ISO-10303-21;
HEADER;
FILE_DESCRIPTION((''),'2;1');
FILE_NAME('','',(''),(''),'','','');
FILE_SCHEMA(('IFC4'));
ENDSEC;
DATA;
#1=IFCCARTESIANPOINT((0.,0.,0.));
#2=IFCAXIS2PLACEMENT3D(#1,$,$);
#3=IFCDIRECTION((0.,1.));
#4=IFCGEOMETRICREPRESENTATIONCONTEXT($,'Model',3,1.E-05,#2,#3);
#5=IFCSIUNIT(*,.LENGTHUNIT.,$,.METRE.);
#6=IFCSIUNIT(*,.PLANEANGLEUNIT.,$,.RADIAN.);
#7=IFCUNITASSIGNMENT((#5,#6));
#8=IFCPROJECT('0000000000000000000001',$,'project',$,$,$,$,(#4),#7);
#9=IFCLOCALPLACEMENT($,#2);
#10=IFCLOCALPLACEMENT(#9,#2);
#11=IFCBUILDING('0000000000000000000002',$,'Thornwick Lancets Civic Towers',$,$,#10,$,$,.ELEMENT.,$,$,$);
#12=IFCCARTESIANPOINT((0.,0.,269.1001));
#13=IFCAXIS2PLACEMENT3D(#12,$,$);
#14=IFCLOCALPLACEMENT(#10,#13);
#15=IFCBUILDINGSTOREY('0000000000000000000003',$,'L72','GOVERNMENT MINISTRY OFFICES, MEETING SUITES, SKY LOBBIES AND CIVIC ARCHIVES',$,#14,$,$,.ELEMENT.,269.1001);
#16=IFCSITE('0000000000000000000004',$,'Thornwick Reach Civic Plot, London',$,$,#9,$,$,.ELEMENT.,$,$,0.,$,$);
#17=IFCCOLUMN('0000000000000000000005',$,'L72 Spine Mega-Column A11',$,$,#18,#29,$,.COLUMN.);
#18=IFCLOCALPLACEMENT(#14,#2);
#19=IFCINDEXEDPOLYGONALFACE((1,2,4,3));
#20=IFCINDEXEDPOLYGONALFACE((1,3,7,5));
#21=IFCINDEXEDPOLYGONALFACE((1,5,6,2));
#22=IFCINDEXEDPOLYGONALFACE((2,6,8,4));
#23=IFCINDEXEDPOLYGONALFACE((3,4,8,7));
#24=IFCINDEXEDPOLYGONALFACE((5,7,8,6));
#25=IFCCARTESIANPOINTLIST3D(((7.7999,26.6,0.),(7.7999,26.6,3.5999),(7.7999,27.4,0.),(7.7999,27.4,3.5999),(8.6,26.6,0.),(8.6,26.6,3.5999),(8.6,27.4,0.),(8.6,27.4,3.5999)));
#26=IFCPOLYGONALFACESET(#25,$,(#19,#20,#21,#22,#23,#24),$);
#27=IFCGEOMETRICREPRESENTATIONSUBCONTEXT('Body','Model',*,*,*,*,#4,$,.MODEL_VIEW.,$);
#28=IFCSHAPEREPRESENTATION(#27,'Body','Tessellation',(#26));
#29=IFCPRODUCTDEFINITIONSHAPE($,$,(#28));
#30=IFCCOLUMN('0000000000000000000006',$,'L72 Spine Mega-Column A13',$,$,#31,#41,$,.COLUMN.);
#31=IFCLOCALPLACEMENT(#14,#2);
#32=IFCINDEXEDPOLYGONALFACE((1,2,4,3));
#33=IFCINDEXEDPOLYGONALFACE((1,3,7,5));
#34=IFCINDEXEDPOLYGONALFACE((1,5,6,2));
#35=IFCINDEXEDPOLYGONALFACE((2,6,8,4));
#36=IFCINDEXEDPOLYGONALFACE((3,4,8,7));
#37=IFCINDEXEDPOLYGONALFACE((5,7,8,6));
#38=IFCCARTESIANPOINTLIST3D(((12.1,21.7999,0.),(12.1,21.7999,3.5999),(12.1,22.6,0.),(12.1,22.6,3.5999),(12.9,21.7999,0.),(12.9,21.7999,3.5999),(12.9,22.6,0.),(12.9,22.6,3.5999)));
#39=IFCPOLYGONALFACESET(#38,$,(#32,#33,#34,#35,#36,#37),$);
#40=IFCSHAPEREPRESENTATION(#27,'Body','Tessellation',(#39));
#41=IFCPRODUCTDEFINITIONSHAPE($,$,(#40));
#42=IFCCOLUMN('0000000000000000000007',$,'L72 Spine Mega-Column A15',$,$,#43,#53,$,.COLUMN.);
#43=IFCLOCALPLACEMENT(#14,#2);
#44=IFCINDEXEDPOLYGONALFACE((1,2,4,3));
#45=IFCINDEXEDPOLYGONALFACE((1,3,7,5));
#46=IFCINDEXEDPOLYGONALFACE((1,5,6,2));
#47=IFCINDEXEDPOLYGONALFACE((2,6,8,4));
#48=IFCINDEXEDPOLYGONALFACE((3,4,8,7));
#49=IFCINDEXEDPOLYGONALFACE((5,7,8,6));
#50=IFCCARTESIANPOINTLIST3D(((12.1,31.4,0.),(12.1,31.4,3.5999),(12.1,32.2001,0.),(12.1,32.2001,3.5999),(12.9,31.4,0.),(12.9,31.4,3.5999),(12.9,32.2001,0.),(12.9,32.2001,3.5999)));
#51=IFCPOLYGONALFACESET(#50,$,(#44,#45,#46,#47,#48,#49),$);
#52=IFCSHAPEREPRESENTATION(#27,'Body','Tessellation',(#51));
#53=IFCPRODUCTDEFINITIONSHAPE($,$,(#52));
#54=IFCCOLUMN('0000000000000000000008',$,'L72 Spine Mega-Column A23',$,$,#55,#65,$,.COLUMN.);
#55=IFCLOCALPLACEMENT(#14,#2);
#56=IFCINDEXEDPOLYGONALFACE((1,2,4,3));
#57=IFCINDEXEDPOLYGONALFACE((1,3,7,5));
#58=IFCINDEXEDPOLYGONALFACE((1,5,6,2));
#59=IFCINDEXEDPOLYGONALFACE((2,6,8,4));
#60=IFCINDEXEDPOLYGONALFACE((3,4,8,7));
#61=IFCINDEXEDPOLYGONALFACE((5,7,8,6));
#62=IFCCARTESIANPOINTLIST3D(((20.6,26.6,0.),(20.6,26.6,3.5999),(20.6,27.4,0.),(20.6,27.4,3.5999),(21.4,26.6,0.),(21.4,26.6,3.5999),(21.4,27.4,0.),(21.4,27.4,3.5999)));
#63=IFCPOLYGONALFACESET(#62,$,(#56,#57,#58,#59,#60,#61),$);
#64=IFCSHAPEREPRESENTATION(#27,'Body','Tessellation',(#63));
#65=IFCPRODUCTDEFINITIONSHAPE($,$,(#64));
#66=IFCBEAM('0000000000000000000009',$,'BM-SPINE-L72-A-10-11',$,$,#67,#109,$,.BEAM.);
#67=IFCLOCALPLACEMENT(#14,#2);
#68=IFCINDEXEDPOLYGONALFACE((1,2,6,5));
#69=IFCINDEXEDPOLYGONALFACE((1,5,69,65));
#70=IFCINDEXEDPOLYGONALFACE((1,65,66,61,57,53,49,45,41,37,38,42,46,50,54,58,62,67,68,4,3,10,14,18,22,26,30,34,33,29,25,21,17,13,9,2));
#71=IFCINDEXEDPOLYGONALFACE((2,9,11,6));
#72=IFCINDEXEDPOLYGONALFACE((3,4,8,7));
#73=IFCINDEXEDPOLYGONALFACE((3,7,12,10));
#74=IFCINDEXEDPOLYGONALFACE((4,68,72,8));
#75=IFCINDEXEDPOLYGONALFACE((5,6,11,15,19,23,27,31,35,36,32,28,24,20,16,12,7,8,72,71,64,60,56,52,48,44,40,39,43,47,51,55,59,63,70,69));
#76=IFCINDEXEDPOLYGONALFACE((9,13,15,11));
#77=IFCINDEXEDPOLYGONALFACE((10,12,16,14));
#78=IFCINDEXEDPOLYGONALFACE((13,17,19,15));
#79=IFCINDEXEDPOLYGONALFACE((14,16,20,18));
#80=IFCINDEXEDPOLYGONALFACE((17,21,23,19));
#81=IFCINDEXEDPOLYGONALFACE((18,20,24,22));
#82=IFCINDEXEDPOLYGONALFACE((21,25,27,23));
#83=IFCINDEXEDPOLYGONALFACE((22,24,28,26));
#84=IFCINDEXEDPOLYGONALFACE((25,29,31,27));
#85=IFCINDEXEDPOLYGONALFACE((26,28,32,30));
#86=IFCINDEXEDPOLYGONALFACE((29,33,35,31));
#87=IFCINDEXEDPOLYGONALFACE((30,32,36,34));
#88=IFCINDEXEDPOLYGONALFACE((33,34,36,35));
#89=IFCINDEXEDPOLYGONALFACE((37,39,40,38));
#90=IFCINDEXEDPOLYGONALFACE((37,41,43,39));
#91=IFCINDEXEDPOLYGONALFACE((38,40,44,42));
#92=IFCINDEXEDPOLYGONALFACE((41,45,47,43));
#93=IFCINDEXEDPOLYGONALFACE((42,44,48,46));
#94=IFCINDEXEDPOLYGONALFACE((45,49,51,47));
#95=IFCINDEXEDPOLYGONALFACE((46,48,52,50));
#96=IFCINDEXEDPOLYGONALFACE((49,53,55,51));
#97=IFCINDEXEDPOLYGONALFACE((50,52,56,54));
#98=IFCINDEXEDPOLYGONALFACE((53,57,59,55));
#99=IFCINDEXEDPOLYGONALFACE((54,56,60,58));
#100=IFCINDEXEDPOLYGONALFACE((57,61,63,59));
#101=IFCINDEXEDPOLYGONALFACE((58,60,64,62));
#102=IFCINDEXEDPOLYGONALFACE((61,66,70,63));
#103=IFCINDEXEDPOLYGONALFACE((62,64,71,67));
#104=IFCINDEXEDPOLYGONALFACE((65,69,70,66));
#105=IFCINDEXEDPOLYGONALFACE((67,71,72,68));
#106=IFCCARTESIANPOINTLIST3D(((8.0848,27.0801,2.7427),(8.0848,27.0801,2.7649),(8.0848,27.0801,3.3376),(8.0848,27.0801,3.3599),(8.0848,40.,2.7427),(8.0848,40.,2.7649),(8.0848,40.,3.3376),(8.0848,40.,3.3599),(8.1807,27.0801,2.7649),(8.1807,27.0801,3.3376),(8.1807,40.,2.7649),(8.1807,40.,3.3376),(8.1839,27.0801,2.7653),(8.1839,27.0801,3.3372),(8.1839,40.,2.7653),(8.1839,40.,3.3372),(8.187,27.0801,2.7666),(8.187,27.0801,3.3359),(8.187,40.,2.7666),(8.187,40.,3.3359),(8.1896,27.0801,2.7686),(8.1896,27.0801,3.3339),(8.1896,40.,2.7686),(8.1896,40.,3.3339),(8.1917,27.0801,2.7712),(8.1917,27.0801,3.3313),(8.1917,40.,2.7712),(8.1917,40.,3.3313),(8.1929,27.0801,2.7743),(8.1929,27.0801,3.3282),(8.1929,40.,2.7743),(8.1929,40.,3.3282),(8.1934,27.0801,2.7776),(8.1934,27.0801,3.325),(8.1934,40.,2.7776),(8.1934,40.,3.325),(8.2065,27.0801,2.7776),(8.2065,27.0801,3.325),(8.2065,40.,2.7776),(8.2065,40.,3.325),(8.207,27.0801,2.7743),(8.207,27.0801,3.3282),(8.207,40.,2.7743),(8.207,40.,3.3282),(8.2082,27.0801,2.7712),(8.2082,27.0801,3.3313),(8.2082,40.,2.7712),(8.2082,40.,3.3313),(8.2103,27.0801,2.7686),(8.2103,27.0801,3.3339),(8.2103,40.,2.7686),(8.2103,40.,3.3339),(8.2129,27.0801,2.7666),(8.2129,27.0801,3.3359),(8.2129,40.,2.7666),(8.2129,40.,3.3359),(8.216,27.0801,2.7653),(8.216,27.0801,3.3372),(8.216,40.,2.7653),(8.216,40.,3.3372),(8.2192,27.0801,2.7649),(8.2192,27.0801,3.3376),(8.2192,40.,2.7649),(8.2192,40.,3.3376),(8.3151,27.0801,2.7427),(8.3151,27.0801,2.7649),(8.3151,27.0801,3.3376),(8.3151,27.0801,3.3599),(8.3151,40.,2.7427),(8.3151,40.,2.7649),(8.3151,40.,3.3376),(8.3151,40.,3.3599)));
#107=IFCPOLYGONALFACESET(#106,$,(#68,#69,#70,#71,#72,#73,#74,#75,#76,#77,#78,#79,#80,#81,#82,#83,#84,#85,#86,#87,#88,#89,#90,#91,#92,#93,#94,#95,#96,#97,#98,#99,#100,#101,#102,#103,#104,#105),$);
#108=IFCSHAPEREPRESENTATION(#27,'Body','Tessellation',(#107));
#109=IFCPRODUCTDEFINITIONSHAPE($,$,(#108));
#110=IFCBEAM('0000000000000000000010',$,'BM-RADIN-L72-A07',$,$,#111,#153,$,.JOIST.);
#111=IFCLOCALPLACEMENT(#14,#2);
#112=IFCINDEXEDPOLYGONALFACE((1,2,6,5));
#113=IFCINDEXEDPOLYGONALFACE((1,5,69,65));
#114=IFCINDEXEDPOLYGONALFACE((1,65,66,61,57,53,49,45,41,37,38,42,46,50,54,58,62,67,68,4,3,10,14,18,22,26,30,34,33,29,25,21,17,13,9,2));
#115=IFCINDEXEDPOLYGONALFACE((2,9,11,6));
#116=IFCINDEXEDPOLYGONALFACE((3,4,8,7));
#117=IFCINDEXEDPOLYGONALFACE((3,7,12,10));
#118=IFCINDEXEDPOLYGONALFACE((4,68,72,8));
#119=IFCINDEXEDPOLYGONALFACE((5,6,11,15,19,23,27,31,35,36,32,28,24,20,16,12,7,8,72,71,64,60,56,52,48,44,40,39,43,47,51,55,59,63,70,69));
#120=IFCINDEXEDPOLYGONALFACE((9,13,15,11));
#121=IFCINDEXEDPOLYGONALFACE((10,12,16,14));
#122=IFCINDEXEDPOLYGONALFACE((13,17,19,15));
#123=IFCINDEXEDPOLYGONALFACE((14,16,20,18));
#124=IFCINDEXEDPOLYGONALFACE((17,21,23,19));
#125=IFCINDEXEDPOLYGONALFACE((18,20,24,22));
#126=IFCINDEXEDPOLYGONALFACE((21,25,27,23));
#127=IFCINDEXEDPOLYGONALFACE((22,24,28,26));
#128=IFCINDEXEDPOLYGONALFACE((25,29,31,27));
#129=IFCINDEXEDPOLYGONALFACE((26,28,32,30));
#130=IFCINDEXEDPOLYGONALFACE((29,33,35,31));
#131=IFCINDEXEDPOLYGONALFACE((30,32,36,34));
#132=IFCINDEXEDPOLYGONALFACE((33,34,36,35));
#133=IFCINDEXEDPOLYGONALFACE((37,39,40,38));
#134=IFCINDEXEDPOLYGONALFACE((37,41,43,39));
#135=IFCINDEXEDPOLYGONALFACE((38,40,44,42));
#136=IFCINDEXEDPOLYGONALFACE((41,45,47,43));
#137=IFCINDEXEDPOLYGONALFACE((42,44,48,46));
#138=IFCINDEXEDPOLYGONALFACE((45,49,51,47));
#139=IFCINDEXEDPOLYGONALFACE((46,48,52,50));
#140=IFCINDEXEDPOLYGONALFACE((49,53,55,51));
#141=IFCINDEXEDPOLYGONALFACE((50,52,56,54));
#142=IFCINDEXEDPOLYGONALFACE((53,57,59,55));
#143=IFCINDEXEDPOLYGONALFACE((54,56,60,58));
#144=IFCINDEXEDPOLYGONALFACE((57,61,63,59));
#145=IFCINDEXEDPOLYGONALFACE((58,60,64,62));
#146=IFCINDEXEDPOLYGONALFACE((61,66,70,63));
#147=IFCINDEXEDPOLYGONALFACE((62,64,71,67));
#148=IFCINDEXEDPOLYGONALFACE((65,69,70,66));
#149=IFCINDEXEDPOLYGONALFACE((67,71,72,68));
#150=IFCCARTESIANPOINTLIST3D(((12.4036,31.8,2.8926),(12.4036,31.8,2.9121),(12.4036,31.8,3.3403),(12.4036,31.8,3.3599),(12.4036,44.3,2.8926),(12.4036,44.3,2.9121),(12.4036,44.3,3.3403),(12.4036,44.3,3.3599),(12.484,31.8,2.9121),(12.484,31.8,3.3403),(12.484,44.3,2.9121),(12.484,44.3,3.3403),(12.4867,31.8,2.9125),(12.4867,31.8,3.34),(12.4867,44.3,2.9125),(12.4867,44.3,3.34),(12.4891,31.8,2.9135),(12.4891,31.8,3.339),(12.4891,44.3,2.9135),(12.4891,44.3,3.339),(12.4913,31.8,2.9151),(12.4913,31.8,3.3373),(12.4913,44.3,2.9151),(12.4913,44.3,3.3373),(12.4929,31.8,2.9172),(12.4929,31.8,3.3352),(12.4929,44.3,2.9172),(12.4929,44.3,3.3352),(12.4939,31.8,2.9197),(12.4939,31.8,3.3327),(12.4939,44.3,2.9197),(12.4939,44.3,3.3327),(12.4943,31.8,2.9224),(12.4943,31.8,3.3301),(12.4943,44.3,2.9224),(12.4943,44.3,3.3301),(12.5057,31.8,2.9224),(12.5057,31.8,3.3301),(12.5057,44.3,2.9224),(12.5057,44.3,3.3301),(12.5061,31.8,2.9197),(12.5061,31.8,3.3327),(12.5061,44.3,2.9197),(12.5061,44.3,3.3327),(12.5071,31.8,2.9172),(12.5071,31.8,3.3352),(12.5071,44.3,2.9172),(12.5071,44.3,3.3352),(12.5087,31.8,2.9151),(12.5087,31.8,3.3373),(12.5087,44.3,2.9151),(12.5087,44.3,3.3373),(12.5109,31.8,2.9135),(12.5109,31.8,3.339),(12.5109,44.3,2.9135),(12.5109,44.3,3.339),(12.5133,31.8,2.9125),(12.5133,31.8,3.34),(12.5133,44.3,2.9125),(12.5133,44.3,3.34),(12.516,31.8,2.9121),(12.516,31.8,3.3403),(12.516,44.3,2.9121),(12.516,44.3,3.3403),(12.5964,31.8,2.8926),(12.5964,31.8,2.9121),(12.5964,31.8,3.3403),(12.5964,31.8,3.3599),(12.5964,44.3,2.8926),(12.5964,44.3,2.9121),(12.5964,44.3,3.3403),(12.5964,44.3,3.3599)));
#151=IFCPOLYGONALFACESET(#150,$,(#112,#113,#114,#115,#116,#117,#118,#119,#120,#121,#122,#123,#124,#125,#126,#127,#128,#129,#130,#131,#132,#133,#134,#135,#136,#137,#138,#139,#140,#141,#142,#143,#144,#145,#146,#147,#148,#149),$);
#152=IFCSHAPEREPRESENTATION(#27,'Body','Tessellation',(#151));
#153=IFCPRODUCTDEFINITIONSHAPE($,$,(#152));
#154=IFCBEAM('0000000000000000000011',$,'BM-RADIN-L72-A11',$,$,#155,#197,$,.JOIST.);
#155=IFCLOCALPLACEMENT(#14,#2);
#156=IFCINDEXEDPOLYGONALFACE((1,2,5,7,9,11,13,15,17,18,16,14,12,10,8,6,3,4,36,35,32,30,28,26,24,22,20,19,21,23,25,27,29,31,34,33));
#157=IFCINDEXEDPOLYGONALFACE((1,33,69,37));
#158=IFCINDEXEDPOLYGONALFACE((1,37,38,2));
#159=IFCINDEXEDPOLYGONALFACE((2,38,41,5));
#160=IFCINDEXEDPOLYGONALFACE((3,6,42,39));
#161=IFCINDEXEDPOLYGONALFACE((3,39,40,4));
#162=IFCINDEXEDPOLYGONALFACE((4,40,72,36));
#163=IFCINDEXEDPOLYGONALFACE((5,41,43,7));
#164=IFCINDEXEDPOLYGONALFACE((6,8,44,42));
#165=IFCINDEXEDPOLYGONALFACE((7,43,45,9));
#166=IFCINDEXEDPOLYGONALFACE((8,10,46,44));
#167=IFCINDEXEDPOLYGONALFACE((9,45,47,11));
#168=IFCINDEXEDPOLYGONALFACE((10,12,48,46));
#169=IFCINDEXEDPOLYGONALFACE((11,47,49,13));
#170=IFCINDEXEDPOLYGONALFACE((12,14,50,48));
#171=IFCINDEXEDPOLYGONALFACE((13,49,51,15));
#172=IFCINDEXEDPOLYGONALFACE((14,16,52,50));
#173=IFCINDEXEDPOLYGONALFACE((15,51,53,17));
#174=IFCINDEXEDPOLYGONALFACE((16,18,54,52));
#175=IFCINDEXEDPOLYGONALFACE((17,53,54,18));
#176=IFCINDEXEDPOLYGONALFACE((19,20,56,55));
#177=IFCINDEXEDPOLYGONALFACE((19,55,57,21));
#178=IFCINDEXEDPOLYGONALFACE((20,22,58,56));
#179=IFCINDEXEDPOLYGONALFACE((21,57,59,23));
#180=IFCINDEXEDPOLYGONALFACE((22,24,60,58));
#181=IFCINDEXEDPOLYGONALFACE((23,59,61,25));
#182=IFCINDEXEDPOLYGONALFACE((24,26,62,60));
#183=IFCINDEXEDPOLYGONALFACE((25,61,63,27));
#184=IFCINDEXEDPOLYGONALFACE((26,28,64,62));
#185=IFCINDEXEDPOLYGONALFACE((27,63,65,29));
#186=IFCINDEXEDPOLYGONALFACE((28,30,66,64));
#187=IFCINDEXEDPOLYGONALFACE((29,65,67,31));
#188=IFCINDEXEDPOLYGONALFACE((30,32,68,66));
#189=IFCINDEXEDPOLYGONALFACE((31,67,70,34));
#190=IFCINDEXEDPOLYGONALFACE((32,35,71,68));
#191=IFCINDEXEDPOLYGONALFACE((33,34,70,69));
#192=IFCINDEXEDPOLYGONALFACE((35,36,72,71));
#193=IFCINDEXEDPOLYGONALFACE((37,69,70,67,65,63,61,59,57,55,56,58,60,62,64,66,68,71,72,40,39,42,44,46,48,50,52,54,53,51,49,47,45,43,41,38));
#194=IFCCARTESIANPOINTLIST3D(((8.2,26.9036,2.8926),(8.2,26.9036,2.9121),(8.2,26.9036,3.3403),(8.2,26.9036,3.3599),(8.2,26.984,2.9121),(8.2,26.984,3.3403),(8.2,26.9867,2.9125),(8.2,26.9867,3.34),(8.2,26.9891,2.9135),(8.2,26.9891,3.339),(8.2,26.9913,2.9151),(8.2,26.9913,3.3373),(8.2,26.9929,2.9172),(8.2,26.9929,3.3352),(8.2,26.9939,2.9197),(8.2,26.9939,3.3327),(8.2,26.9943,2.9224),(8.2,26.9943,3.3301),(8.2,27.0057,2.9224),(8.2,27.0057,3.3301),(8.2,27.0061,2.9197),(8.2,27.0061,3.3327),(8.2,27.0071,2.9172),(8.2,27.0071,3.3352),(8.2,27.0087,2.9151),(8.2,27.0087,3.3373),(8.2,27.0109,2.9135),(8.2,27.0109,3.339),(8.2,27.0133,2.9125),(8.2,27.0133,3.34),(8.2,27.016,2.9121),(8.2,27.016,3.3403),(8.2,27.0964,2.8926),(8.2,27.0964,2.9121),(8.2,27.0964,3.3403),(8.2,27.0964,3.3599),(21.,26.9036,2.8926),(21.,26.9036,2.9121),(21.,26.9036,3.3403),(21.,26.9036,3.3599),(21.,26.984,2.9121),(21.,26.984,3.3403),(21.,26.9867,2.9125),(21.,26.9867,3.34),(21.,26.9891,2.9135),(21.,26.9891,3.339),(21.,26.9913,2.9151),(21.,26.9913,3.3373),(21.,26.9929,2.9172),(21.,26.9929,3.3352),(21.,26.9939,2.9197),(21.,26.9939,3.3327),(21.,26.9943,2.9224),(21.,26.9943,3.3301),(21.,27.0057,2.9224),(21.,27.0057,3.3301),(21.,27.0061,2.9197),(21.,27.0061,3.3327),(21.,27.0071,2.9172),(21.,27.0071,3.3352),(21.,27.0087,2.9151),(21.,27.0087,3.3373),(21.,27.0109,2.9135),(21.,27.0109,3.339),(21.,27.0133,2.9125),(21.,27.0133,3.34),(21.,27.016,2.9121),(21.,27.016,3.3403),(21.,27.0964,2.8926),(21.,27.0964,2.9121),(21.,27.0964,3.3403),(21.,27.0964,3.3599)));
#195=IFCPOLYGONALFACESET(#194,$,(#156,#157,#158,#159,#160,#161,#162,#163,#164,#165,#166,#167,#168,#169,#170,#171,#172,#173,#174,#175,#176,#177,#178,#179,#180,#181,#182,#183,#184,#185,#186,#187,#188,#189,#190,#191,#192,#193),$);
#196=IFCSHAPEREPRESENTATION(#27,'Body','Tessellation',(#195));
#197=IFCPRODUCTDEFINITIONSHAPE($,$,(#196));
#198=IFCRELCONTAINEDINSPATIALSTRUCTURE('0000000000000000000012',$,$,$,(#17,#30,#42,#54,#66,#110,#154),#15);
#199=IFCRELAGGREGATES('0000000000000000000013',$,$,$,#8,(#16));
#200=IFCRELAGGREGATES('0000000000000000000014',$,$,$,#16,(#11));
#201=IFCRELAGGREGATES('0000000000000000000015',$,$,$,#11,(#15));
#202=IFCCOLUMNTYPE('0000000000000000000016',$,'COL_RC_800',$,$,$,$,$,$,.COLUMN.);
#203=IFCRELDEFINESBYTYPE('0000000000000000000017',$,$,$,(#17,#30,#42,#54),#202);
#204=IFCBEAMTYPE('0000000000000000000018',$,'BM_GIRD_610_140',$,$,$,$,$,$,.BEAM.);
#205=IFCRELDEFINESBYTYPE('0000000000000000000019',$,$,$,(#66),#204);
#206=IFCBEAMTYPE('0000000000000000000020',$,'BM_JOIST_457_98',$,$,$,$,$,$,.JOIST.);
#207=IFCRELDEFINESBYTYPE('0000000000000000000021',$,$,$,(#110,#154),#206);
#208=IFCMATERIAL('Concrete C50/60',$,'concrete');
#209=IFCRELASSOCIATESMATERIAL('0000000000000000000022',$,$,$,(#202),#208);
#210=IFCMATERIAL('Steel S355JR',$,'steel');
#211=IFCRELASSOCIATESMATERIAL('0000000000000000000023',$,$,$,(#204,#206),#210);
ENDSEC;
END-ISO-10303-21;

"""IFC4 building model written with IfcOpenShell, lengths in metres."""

from ifc_helpers import new_model, si_unit, direction, frame, origin, origin_2d, place, context, subcontext, project, spatial, rectangle, i_section, extrude, material, material_profile, profile_set, type_object, element, save


model = new_model("IFC4")

# Units and contexts
model_context = context("Model", 3, precision=1e-05, world=origin(), true_north=direction((0.0, 1.0)))
body_context = subcontext(model_context, "Body", "Model", "MODEL_VIEW")
ifc_project = project(units=[si_unit("LENGTHUNIT", "METRE"), si_unit("PLANEANGLEUNIT", "RADIAN")], contexts=[model_context])

# Site, building, storey
site_placement = place(None, origin())
site = spatial("IfcSite", under=ifc_project, at=site_placement, Name="Thornwick Reach Civic Plot, London", CompositionType="ELEMENT", RefElevation=0.0)
building_placement = place(site_placement, origin())
building = spatial("IfcBuilding", under=site, at=building_placement, Name="Thornwick Lancets Civic Towers", CompositionType="ELEMENT")
storey_placement = place(building_placement, frame((0.0, 0.0, 269.1001)))
storey = spatial("IfcBuildingStorey", under=building, at=storey_placement, Name="L72", Description="GOVERNMENT MINISTRY OFFICES, MEETING SUITES, SKY LOBBIES AND CIVIC ARCHIVES", CompositionType="ELEMENT", Elevation=269.1001)

# Columns
ifc_material_1 = material(Name="Concrete C50/60", Category="concrete")
ifc_material_profile_1 = material_profile(ifc_material_1, rectangle(XDim=0.8, YDim=0.8, at=origin_2d()), Name="RC 800x800")
ifc_profile_set_1 = profile_set([ifc_material_profile_1], Name="Concrete C50/60")
column_type = type_object("IfcColumnType", Name="COL_RC_800", PredefinedType="COLUMN", material=ifc_profile_set_1)
for number, where, z_axis, x_axis, name in (
    (1, (8.2, 27.0, 0.0), (0.0, 0.0, 1.0), (1.0, 0.0, 0.0), "L72 Spine Mega-Column A11"),
    (2, (12.5, 22.2, 0.0), (0.0, 0.0, 1.0), (1.0, 0.0, 0.0), "L72 Spine Mega-Column A13"),
    (3, (12.5, 31.8, 0.0), (0.0, 0.0, 1.0), (1.0, 0.0, 0.0), "L72 Spine Mega-Column A15"),
    (4, (21.0, 27.0, 0.0), (0.0, 0.0, 1.0), (1.0, 0.0, 0.0), "L72 Spine Mega-Column A23"),
):
    element("IfcColumn", number, at=place(storey_placement, frame(where, z_axis=z_axis, x_axis=x_axis)), inside=storey, type_object=column_type, Name=name, PredefinedType="COLUMN", context=body_context, shape_type="SweptSolid", body=[
        extrude(rectangle(XDim=0.8, YDim=0.8, at=origin_2d()), origin(), (0.0, 0.0, 1.0), 3.5999),
    ])

# Beams
ifc_material_2 = material(Name="Steel S355JR", Category="steel")
ifc_material_profile_2 = material_profile(ifc_material_2, i_section(OverallWidth=0.2302, OverallDepth=0.6172, WebThickness=0.0132, FlangeThickness=0.0222, FilletRadius=0.0127, at=origin_2d()), Name="UKB 610x229x140")
ifc_profile_set_2 = profile_set([ifc_material_profile_2], Name="Steel S355JR")
beam_type_1 = type_object("IfcBeamType", Name="BM_GIRD_610_140", PredefinedType="BEAM", material=ifc_profile_set_2)
beam_1_placement = place(storey_placement, frame((8.2, 27.0801, 3.0513), z_axis=(0.0, 1.0, 0.0), x_axis=(-1.0, 0.0, 0.0)))
element("IfcBeam", 5, at=beam_1_placement, inside=storey, type_object=beam_type_1, Name="BM-SPINE-L72-A-10-11", PredefinedType="BEAM", context=body_context, shape_type="SweptSolid", body=[
    extrude(i_section(OverallWidth=0.2302, OverallDepth=0.6172, WebThickness=0.0132, FlangeThickness=0.0222, FilletRadius=0.0127, at=origin_2d()), origin(), (0.0, 0.0, 1.0), 12.9199),
])
ifc_material_profile_3 = material_profile(ifc_material_2, i_section(OverallWidth=0.1929, OverallDepth=0.4673, WebThickness=0.0115, FlangeThickness=0.0195, FilletRadius=0.0103, at=origin_2d()), Name="UKB 457x191x98")
ifc_profile_set_3 = profile_set([ifc_material_profile_3], Name="Steel S355JR")
beam_type_2 = type_object("IfcBeamType", Name="BM_JOIST_457_98", PredefinedType="JOIST", material=ifc_profile_set_3)
beam_2_placement = place(storey_placement, frame((12.5, 31.8, 3.1262), z_axis=(0.0, 1.0, 0.0), x_axis=(-1.0, 0.0, 0.0)))
element("IfcBeam", 6, at=beam_2_placement, inside=storey, type_object=beam_type_2, Name="BM-RADIN-L72-A07", PredefinedType="JOIST", context=body_context, shape_type="SweptSolid", body=[
    extrude(i_section(OverallWidth=0.1929, OverallDepth=0.4673, WebThickness=0.0115, FlangeThickness=0.0195, FilletRadius=0.0103, at=origin_2d()), origin(), (0.0, 0.0, 1.0), 12.5),
])
beam_3_placement = place(storey_placement, frame((21.0, 27.0, 3.1262), z_axis=(-1.0, 0.0, 0.0), x_axis=(0.0, -1.0, 0.0)))
element("IfcBeam", 7, at=beam_3_placement, inside=storey, type_object=beam_type_2, Name="BM-RADIN-L72-A11", PredefinedType="JOIST", context=body_context, shape_type="SweptSolid", body=[
    extrude(i_section(OverallWidth=0.1929, OverallDepth=0.4673, WebThickness=0.0115, FlangeThickness=0.0195, FilletRadius=0.0103, at=origin_2d()), origin(), (0.0, 0.0, 1.0), 12.8),
])

save(model, "model.ifc")
